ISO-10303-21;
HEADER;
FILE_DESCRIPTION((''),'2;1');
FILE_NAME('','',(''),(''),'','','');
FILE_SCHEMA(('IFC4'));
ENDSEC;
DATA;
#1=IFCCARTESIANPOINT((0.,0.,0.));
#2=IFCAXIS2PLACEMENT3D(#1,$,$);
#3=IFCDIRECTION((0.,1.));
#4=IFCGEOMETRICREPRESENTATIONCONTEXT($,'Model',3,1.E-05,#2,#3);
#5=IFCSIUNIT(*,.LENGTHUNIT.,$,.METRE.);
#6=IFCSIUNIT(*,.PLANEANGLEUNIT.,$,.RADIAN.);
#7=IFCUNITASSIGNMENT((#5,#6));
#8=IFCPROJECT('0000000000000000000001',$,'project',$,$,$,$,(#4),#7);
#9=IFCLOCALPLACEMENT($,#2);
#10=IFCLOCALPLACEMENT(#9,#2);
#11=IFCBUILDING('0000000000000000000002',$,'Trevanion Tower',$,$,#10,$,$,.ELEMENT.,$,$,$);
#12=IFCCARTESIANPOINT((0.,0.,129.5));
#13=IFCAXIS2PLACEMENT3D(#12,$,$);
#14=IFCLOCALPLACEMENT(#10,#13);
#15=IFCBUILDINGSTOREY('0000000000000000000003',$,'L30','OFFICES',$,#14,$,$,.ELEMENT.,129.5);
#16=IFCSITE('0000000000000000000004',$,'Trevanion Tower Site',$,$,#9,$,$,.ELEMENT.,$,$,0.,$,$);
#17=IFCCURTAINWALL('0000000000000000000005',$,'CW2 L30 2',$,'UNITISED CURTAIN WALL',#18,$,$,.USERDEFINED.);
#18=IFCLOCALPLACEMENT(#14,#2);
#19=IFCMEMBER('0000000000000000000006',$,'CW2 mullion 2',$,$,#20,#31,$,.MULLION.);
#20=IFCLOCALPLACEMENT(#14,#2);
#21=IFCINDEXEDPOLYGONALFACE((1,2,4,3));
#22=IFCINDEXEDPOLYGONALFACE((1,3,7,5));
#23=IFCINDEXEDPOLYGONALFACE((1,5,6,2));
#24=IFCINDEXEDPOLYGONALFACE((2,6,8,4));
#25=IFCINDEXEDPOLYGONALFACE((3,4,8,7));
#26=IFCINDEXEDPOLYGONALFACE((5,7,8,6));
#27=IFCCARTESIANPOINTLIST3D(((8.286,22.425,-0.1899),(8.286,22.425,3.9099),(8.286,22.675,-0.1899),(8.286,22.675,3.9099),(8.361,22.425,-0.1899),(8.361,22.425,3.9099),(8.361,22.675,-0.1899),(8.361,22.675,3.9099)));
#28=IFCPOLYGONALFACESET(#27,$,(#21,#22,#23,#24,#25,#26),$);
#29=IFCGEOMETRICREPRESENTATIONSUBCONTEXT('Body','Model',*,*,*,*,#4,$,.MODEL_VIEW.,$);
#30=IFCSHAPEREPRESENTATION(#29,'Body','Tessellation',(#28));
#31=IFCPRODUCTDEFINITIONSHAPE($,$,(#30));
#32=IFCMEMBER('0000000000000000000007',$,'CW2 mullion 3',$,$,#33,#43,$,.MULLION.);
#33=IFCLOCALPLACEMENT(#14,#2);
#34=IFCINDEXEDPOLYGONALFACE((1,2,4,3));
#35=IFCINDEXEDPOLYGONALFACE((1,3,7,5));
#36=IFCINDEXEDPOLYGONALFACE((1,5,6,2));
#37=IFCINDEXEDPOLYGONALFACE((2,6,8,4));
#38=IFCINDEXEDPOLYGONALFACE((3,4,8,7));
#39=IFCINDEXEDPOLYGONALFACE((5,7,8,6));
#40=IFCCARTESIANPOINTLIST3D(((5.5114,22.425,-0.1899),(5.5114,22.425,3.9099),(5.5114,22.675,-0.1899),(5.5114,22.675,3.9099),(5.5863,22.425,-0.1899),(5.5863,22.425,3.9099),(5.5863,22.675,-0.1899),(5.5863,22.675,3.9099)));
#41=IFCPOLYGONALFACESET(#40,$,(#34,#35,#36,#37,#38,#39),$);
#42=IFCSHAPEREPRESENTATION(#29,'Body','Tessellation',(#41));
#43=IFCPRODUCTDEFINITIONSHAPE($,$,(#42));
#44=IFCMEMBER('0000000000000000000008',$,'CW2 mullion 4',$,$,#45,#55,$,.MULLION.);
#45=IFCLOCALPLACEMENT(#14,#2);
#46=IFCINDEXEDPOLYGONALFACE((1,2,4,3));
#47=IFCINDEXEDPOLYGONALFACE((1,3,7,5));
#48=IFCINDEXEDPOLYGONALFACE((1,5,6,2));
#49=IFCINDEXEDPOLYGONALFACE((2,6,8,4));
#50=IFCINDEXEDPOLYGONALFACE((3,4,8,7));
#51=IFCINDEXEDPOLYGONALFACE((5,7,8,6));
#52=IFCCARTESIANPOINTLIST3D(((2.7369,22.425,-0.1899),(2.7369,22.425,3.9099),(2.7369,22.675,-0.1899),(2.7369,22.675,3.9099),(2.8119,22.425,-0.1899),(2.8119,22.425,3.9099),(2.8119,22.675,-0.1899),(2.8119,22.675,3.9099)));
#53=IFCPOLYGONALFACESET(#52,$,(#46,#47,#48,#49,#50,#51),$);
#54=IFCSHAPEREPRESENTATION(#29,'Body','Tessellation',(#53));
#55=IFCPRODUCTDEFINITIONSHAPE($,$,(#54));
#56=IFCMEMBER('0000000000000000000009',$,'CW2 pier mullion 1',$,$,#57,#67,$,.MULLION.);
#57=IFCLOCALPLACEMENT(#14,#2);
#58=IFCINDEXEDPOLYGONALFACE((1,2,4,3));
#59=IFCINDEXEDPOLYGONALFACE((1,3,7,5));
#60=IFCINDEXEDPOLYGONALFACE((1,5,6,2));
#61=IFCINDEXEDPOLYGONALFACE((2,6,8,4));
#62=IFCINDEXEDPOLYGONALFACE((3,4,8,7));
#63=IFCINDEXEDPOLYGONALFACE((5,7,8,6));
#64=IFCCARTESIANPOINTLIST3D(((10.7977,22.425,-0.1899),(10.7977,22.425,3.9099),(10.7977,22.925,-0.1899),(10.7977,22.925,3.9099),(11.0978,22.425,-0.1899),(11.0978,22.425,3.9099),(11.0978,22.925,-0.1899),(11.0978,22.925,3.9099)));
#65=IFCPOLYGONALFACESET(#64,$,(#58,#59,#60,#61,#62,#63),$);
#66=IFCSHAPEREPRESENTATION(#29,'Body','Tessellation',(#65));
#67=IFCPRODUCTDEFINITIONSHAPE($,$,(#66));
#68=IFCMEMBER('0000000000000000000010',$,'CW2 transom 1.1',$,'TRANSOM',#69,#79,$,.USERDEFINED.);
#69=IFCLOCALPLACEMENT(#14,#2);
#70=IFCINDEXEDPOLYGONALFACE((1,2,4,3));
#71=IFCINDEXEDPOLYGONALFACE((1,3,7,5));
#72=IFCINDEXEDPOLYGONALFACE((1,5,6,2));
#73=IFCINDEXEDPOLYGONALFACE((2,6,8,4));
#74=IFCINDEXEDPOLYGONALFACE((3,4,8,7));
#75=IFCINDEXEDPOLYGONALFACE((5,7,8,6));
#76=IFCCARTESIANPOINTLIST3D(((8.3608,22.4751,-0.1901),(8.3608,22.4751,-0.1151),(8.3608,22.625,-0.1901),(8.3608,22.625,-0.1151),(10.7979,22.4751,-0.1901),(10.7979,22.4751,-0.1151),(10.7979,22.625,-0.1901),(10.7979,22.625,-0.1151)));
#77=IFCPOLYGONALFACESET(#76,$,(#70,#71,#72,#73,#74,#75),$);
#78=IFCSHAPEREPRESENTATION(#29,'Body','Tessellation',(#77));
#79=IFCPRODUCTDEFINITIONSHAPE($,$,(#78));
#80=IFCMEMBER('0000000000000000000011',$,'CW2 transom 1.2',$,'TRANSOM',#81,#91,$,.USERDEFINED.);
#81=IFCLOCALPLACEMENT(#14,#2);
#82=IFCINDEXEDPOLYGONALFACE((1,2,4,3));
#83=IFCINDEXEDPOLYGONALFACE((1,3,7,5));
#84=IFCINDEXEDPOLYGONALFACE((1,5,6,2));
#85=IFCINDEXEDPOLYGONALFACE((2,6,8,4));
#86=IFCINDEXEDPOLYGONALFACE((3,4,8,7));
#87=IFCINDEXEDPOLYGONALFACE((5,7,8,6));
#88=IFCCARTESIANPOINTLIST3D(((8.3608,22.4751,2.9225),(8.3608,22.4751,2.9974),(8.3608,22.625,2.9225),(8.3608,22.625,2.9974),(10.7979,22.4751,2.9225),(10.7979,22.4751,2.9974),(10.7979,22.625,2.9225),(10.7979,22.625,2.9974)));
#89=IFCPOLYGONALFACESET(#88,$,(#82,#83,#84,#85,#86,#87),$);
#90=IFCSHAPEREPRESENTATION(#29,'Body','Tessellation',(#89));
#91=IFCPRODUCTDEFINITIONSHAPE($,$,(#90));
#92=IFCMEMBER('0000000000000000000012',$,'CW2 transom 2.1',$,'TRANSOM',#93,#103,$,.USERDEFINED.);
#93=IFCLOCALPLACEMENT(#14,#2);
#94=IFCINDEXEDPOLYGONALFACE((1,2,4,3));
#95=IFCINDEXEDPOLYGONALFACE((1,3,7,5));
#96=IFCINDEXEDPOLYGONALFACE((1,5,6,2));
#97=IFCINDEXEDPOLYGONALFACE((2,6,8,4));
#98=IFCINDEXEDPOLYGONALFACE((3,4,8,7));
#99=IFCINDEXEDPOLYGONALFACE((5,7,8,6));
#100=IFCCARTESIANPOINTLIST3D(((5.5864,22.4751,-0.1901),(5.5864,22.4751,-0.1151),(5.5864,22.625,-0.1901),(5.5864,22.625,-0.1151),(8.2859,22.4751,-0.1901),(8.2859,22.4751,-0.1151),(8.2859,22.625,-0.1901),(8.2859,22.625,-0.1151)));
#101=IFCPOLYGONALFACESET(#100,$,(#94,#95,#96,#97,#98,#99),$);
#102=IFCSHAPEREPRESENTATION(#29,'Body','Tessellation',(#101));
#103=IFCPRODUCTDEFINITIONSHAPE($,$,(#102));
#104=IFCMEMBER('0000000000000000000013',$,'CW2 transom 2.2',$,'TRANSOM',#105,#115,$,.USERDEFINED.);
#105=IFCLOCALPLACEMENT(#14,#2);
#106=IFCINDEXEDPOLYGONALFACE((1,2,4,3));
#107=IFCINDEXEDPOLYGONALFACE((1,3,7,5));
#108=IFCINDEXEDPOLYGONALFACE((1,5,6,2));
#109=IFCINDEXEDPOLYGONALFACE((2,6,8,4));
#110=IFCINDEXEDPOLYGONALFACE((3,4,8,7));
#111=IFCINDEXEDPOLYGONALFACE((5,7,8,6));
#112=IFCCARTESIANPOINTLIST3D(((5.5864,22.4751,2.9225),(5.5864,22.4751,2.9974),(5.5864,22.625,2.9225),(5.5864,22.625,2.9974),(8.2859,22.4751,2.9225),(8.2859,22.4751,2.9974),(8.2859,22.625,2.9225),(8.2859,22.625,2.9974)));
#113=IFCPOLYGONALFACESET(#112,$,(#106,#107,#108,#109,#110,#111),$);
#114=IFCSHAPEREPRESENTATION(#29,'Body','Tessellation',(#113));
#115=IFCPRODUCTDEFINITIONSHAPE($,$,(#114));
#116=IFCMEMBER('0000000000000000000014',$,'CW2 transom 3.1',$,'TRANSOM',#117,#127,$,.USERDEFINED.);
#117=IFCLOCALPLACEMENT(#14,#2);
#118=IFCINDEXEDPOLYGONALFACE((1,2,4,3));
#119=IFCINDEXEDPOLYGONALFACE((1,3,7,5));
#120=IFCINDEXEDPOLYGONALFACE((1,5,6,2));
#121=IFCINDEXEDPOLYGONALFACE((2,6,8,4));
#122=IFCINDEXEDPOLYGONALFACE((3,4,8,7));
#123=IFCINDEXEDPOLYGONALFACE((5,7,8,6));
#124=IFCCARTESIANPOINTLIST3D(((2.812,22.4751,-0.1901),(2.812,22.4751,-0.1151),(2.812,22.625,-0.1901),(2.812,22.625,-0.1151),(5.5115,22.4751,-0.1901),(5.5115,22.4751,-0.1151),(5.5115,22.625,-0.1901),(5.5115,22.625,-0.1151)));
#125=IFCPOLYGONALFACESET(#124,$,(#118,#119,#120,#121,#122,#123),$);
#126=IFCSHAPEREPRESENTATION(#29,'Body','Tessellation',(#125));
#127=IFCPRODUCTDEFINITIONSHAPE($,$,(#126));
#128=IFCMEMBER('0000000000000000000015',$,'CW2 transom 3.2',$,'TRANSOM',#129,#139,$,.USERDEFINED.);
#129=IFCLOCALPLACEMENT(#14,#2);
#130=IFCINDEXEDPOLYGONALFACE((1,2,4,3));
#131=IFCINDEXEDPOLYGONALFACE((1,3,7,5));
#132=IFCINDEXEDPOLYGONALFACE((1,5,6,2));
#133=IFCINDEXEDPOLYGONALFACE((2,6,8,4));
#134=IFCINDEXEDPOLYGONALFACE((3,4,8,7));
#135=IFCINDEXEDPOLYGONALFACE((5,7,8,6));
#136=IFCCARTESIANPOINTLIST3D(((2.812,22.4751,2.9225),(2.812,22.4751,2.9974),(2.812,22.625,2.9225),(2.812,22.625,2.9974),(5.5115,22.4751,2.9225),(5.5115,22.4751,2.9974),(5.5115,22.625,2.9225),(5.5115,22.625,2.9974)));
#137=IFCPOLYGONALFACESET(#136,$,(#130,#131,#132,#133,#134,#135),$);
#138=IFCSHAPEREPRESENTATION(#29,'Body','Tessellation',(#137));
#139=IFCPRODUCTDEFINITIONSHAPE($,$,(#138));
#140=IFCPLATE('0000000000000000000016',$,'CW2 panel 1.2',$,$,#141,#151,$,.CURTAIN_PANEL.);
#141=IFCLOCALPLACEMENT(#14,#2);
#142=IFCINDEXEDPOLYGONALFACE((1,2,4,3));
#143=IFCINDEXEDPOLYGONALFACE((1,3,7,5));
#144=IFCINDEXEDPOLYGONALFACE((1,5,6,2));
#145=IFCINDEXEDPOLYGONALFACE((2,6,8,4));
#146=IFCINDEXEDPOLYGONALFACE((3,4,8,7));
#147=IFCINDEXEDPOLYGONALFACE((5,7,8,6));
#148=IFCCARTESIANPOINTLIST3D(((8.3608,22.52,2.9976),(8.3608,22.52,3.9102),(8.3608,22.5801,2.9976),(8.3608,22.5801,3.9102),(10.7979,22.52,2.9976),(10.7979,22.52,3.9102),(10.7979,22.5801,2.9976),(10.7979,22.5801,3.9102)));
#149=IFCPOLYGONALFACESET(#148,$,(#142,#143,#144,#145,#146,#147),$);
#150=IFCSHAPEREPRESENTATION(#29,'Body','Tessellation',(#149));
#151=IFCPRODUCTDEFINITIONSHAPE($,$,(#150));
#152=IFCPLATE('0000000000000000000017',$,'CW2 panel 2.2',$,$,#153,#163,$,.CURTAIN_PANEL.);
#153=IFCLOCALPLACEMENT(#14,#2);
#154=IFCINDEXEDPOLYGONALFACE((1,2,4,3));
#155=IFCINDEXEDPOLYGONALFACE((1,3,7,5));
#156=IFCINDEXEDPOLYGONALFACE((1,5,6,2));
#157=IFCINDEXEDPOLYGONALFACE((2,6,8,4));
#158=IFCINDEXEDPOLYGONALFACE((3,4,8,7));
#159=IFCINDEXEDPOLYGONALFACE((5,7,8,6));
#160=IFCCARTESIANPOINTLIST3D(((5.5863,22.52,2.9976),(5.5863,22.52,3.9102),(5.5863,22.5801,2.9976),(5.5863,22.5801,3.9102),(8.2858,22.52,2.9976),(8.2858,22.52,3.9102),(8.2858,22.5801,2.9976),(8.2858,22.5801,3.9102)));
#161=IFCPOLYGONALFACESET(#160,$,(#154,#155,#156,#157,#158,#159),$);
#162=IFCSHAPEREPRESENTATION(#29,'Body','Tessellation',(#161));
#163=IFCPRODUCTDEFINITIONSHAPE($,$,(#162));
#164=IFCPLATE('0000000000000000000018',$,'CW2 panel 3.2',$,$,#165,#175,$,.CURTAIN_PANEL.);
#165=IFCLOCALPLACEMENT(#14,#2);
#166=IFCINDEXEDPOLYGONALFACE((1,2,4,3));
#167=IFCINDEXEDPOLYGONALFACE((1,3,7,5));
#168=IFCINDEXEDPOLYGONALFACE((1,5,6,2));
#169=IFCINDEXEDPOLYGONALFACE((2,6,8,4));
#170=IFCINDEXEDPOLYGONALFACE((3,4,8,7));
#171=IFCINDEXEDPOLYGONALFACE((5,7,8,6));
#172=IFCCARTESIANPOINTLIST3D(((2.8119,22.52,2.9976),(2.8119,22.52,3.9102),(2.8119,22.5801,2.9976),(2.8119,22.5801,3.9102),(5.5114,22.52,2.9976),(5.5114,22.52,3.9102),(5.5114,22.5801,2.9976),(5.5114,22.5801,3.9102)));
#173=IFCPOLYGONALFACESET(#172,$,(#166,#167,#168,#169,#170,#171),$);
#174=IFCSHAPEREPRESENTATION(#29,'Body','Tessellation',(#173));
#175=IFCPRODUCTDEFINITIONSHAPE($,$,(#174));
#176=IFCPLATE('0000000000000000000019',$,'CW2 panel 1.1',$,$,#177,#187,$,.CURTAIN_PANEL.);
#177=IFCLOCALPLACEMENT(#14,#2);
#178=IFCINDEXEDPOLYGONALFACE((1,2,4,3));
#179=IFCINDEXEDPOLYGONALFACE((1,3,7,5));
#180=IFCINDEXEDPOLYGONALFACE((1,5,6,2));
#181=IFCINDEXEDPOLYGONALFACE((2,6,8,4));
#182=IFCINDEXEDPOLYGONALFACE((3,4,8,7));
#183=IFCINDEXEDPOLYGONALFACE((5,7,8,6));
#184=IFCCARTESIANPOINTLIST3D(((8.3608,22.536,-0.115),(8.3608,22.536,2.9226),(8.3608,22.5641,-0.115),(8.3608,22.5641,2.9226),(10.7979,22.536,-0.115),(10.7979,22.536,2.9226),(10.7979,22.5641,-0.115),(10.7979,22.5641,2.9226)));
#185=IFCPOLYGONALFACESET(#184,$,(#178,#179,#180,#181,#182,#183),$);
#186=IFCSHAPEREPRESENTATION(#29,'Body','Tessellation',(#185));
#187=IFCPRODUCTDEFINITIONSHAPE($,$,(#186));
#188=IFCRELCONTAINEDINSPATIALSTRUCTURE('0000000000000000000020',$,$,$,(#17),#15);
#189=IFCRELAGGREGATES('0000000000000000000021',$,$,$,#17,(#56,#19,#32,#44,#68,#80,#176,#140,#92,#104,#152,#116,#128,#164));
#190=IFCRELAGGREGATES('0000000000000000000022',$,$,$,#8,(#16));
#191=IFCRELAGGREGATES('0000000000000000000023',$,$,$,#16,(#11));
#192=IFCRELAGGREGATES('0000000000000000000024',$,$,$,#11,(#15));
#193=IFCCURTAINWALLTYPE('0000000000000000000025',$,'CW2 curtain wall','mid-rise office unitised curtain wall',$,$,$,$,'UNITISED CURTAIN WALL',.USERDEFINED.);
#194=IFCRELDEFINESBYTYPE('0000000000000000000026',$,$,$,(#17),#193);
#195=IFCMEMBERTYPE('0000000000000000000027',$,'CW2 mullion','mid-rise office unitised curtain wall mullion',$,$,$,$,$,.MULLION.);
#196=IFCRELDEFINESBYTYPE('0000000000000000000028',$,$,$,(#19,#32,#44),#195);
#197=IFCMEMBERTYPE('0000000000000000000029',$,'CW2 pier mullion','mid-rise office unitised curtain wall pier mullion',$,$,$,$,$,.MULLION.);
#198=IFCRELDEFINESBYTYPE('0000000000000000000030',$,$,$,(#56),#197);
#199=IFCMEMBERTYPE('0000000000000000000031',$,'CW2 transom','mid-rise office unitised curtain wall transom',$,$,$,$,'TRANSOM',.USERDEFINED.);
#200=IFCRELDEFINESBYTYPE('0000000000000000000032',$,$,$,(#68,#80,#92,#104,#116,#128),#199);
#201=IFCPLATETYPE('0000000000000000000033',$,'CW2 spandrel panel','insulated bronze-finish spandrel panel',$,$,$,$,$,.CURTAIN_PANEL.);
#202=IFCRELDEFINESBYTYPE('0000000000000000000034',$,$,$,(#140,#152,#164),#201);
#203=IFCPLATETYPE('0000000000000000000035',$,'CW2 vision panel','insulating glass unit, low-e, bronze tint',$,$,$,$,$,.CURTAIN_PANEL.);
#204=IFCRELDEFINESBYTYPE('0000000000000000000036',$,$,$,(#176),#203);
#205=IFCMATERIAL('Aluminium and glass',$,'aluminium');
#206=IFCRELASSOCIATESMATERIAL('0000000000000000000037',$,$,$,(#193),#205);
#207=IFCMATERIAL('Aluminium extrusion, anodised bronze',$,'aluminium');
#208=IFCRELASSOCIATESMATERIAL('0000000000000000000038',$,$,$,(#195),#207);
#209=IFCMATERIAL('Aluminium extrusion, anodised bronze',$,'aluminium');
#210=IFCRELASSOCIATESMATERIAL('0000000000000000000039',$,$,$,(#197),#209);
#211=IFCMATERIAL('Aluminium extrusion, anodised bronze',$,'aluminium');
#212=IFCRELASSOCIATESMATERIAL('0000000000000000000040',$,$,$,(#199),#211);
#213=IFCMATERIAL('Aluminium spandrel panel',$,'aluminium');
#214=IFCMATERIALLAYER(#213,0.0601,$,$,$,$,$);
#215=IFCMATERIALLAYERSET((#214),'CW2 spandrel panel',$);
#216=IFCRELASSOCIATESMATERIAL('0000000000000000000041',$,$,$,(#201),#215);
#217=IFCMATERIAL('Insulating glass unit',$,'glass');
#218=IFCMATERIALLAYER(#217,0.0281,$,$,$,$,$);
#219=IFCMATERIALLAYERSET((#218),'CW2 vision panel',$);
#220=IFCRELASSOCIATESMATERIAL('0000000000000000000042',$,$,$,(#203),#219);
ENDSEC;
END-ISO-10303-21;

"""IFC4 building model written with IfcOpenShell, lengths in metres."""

from ifc_helpers import new_model, si_unit, direction, frame, origin, origin_2d, place, context, subcontext, project, spatial, rectangle, extrude, material, layer, layer_set, material_profile, profile_set, type_object, element, aggregate, save


model = new_model("IFC4")

# Units and contexts
model_context = context("Model", 3, precision=1e-05, world=origin(), true_north=direction((0.0, 1.0)))
body_context = subcontext(model_context, "Body", "Model", "MODEL_VIEW")
ifc_project = project(units=[si_unit("LENGTHUNIT", "METRE"), si_unit("PLANEANGLEUNIT", "RADIAN")], contexts=[model_context])

# Site, building, storey
site_placement = place(None, origin())
site = spatial("IfcSite", under=ifc_project, at=site_placement, Name="Trevanion Tower Site", CompositionType="ELEMENT", RefElevation=0.0)
building_placement = place(site_placement, origin())
building = spatial("IfcBuilding", under=site, at=building_placement, Name="Trevanion Tower", CompositionType="ELEMENT")
storey_placement = place(building_placement, frame((0.0, 0.0, 129.5)))
storey = spatial("IfcBuildingStorey", under=building, at=storey_placement, Name="L30", Description="OFFICES", CompositionType="ELEMENT", Elevation=129.5)

# Curtain wall, members, plates
ifc_material_1 = material(Name="Aluminium and glass", Category="aluminium")
curtain_wall_type = type_object("IfcCurtainWallType", Name="CW2 curtain wall", Description="mid-rise office unitised curtain wall", ElementType="UNITISED CURTAIN WALL", PredefinedType="USERDEFINED", material=ifc_material_1)
curtain_wall_placement = place(storey_placement, origin())
curtain_wall = element("IfcCurtainWall", 1, at=curtain_wall_placement, inside=storey, type_object=curtain_wall_type, Name="CW2 L30 2", ObjectType="UNITISED CURTAIN WALL", PredefinedType="USERDEFINED")
ifc_material_2 = material(Name="Aluminium extrusion, anodised bronze", Category="aluminium")
ifc_material_profile_1 = material_profile(ifc_material_2, rectangle(XDim=0.075, YDim=0.25, at=origin_2d()), Name="CW2 mullion")
ifc_profile_set_1 = profile_set([ifc_material_profile_1], Name="Aluminium extrusion, anodised bronze")
member_type_1 = type_object("IfcMemberType", Name="CW2 mullion", Description="mid-rise office unitised curtain wall mullion", PredefinedType="MULLION", material=ifc_profile_set_1)
member_1_placement = place(storey_placement, frame((8.3235, 22.55, -0.1899), z_axis=(0.0, 0.0, 1.0), x_axis=(-1.0, 0.0, 0.0)))
member_1 = element("IfcMember", 2, at=member_1_placement, type_object=member_type_1, Name="CW2 mullion 2", PredefinedType="MULLION", context=body_context, shape_type="SweptSolid", body=[
    extrude(rectangle(XDim=0.075, YDim=0.25, at=origin_2d()), origin(), (0.0, 0.0, 1.0), 4.0999),
])
member_2_placement = place(storey_placement, frame((5.5488, 22.55, -0.1899), z_axis=(0.0, 0.0, 1.0), x_axis=(-1.0, 0.0, 0.0)))
member_2 = element("IfcMember", 3, at=member_2_placement, type_object=member_type_1, Name="CW2 mullion 3", PredefinedType="MULLION", context=body_context, shape_type="SweptSolid", body=[
    extrude(rectangle(XDim=0.075, YDim=0.25, at=origin_2d()), origin(), (0.0, 0.0, 1.0), 4.0999),
])
member_3_placement = place(storey_placement, frame((2.7744, 22.55, -0.1899), z_axis=(0.0, 0.0, 1.0), x_axis=(-1.0, 0.0, 0.0)))
member_3 = element("IfcMember", 4, at=member_3_placement, type_object=member_type_1, Name="CW2 mullion 4", PredefinedType="MULLION", context=body_context, shape_type="SweptSolid", body=[
    extrude(rectangle(XDim=0.075, YDim=0.25, at=origin_2d()), origin(), (0.0, 0.0, 1.0), 4.0999),
])
ifc_material_3 = material(Name="Aluminium extrusion, anodised bronze", Category="aluminium")
ifc_material_profile_2 = material_profile(ifc_material_3, rectangle(XDim=0.3, YDim=0.5, at=origin_2d()), Name="CW2 pier mullion")
ifc_profile_set_2 = profile_set([ifc_material_profile_2], Name="Aluminium extrusion, anodised bronze")
member_type_2 = type_object("IfcMemberType", Name="CW2 pier mullion", Description="mid-rise office unitised curtain wall pier mullion", PredefinedType="MULLION", material=ifc_profile_set_2)
member_4_placement = place(storey_placement, frame((10.9478, 22.675, -0.1899), z_axis=(0.0, 0.0, 1.0), x_axis=(-1.0, 0.0, 0.0)))
member_4 = element("IfcMember", 5, at=member_4_placement, type_object=member_type_2, Name="CW2 pier mullion 1", PredefinedType="MULLION", context=body_context, shape_type="SweptSolid", body=[
    extrude(rectangle(XDim=0.3, YDim=0.5, at=origin_2d()), origin(), (0.0, 0.0, 1.0), 4.0999),
])
ifc_material_4 = material(Name="Aluminium extrusion, anodised bronze", Category="aluminium")
ifc_material_profile_3 = material_profile(ifc_material_4, rectangle(XDim=0.1499, YDim=0.075, at=origin_2d()), Name="CW2 transom")
ifc_profile_set_3 = profile_set([ifc_material_profile_3], Name="Aluminium extrusion, anodised bronze")
member_type_3 = type_object("IfcMemberType", Name="CW2 transom", Description="mid-rise office unitised curtain wall transom", ElementType="TRANSOM", PredefinedType="USERDEFINED", material=ifc_profile_set_3)
member_5_placement = place(storey_placement, frame((10.7979, 22.55, -0.1526), z_axis=(-1.0, 0.0, 0.0), x_axis=(0.0, -1.0, 0.0)))
member_5 = element("IfcMember", 6, at=member_5_placement, type_object=member_type_3, Name="CW2 transom 1.1", ObjectType="TRANSOM", PredefinedType="USERDEFINED", context=body_context, shape_type="SweptSolid", body=[
    extrude(rectangle(XDim=0.1499, YDim=0.075, at=origin_2d()), origin(), (0.0, 0.0, 1.0), 2.437),
])
member_6_placement = place(storey_placement, frame((10.7979, 22.55, 2.96), z_axis=(-1.0, 0.0, 0.0), x_axis=(0.0, -1.0, 0.0)))
member_6 = element("IfcMember", 7, at=member_6_placement, type_object=member_type_3, Name="CW2 transom 1.2", ObjectType="TRANSOM", PredefinedType="USERDEFINED", context=body_context, shape_type="SweptSolid", body=[
    extrude(rectangle(XDim=0.1499, YDim=0.075, at=origin_2d()), origin(), (0.0, 0.0, 1.0), 2.437),
])
member_7_placement = place(storey_placement, frame((8.2859, 22.55, -0.1526), z_axis=(-1.0, 0.0, 0.0), x_axis=(0.0, -1.0, 0.0)))
member_7 = element("IfcMember", 8, at=member_7_placement, type_object=member_type_3, Name="CW2 transom 2.1", ObjectType="TRANSOM", PredefinedType="USERDEFINED", context=body_context, shape_type="SweptSolid", body=[
    extrude(rectangle(XDim=0.1499, YDim=0.075, at=origin_2d()), origin(), (0.0, 0.0, 1.0), 2.6995),
])
member_8_placement = place(storey_placement, frame((8.2859, 22.55, 2.96), z_axis=(-1.0, 0.0, 0.0), x_axis=(0.0, -1.0, 0.0)))
member_8 = element("IfcMember", 9, at=member_8_placement, type_object=member_type_3, Name="CW2 transom 2.2", ObjectType="TRANSOM", PredefinedType="USERDEFINED", context=body_context, shape_type="SweptSolid", body=[
    extrude(rectangle(XDim=0.1499, YDim=0.075, at=origin_2d()), origin(), (0.0, 0.0, 1.0), 2.6995),
])
member_9_placement = place(storey_placement, frame((5.5115, 22.55, -0.1526), z_axis=(-1.0, 0.0, 0.0), x_axis=(0.0, -1.0, 0.0)))
member_9 = element("IfcMember", 10, at=member_9_placement, type_object=member_type_3, Name="CW2 transom 3.1", ObjectType="TRANSOM", PredefinedType="USERDEFINED", context=body_context, shape_type="SweptSolid", body=[
    extrude(rectangle(XDim=0.1499, YDim=0.075, at=origin_2d()), origin(), (0.0, 0.0, 1.0), 2.6995),
])
member_10_placement = place(storey_placement, frame((5.5115, 22.55, 2.96), z_axis=(-1.0, 0.0, 0.0), x_axis=(0.0, -1.0, 0.0)))
member_10 = element("IfcMember", 11, at=member_10_placement, type_object=member_type_3, Name="CW2 transom 3.2", ObjectType="TRANSOM", PredefinedType="USERDEFINED", context=body_context, shape_type="SweptSolid", body=[
    extrude(rectangle(XDim=0.1499, YDim=0.075, at=origin_2d()), origin(), (0.0, 0.0, 1.0), 2.6995),
])
ifc_material_5 = material(Name="Aluminium spandrel panel", Category="aluminium")
ifc_layer_1 = layer(ifc_material_5, 0.0601)
ifc_layer_set_1 = layer_set([ifc_layer_1], Name="CW2 spandrel panel")
plate_type_1 = type_object("IfcPlateType", Name="CW2 spandrel panel", Description="insulated bronze-finish spandrel panel", PredefinedType="CURTAIN_PANEL", material=ifc_layer_set_1)
plate_1_placement = place(storey_placement, frame((9.5793, 22.55, 2.9976), z_axis=(0.0, 0.0, 1.0), x_axis=(-1.0, 0.0, 0.0)))
plate_1 = element("IfcPlate", 12, at=plate_1_placement, type_object=plate_type_1, Name="CW2 panel 1.2", PredefinedType="CURTAIN_PANEL", context=body_context, shape_type="SweptSolid", body=[
    extrude(rectangle(XDim=2.437, YDim=0.0601, at=origin_2d()), origin(), (0.0, 0.0, 1.0), 0.9126),
])
plate_2_placement = place(storey_placement, frame((6.936, 22.55, 2.9976), z_axis=(0.0, 0.0, 1.0), x_axis=(-1.0, 0.0, 0.0)))
plate_2 = element("IfcPlate", 13, at=plate_2_placement, type_object=plate_type_1, Name="CW2 panel 2.2", PredefinedType="CURTAIN_PANEL", context=body_context, shape_type="SweptSolid", body=[
    extrude(rectangle(XDim=2.6995, YDim=0.0601, at=origin_2d()), origin(), (0.0, 0.0, 1.0), 0.9126),
])
plate_3_placement = place(storey_placement, frame((4.1616, 22.55, 2.9976), z_axis=(0.0, 0.0, 1.0), x_axis=(-1.0, 0.0, 0.0)))
plate_3 = element("IfcPlate", 14, at=plate_3_placement, type_object=plate_type_1, Name="CW2 panel 3.2", PredefinedType="CURTAIN_PANEL", context=body_context, shape_type="SweptSolid", body=[
    extrude(rectangle(XDim=2.6995, YDim=0.0601, at=origin_2d()), origin(), (0.0, 0.0, 1.0), 0.9126),
])
ifc_material_6 = material(Name="Insulating glass unit", Category="glass")
ifc_layer_2 = layer(ifc_material_6, 0.0281)
ifc_layer_set_2 = layer_set([ifc_layer_2], Name="CW2 vision panel")
plate_type_2 = type_object("IfcPlateType", Name="CW2 vision panel", Description="insulating glass unit, low-e, bronze tint", PredefinedType="CURTAIN_PANEL", material=ifc_layer_set_2)
plate_4_placement = place(storey_placement, frame((9.5793, 22.55, -0.115), z_axis=(0.0, 0.0, 1.0), x_axis=(-1.0, 0.0, 0.0)))
plate_4 = element("IfcPlate", 15, at=plate_4_placement, type_object=plate_type_2, Name="CW2 panel 1.1", PredefinedType="CURTAIN_PANEL", context=body_context, shape_type="SweptSolid", body=[
    extrude(rectangle(XDim=2.437, YDim=0.0281, at=origin_2d()), origin(), (0.0, 0.0, 1.0), 3.0376),
])
aggregate(curtain_wall, [member_4, member_1, member_2, member_3, member_5, member_6, plate_4, plate_1, member_7, member_8, plate_2, member_9, member_10, plate_3])

save(model, "model.ifc")
